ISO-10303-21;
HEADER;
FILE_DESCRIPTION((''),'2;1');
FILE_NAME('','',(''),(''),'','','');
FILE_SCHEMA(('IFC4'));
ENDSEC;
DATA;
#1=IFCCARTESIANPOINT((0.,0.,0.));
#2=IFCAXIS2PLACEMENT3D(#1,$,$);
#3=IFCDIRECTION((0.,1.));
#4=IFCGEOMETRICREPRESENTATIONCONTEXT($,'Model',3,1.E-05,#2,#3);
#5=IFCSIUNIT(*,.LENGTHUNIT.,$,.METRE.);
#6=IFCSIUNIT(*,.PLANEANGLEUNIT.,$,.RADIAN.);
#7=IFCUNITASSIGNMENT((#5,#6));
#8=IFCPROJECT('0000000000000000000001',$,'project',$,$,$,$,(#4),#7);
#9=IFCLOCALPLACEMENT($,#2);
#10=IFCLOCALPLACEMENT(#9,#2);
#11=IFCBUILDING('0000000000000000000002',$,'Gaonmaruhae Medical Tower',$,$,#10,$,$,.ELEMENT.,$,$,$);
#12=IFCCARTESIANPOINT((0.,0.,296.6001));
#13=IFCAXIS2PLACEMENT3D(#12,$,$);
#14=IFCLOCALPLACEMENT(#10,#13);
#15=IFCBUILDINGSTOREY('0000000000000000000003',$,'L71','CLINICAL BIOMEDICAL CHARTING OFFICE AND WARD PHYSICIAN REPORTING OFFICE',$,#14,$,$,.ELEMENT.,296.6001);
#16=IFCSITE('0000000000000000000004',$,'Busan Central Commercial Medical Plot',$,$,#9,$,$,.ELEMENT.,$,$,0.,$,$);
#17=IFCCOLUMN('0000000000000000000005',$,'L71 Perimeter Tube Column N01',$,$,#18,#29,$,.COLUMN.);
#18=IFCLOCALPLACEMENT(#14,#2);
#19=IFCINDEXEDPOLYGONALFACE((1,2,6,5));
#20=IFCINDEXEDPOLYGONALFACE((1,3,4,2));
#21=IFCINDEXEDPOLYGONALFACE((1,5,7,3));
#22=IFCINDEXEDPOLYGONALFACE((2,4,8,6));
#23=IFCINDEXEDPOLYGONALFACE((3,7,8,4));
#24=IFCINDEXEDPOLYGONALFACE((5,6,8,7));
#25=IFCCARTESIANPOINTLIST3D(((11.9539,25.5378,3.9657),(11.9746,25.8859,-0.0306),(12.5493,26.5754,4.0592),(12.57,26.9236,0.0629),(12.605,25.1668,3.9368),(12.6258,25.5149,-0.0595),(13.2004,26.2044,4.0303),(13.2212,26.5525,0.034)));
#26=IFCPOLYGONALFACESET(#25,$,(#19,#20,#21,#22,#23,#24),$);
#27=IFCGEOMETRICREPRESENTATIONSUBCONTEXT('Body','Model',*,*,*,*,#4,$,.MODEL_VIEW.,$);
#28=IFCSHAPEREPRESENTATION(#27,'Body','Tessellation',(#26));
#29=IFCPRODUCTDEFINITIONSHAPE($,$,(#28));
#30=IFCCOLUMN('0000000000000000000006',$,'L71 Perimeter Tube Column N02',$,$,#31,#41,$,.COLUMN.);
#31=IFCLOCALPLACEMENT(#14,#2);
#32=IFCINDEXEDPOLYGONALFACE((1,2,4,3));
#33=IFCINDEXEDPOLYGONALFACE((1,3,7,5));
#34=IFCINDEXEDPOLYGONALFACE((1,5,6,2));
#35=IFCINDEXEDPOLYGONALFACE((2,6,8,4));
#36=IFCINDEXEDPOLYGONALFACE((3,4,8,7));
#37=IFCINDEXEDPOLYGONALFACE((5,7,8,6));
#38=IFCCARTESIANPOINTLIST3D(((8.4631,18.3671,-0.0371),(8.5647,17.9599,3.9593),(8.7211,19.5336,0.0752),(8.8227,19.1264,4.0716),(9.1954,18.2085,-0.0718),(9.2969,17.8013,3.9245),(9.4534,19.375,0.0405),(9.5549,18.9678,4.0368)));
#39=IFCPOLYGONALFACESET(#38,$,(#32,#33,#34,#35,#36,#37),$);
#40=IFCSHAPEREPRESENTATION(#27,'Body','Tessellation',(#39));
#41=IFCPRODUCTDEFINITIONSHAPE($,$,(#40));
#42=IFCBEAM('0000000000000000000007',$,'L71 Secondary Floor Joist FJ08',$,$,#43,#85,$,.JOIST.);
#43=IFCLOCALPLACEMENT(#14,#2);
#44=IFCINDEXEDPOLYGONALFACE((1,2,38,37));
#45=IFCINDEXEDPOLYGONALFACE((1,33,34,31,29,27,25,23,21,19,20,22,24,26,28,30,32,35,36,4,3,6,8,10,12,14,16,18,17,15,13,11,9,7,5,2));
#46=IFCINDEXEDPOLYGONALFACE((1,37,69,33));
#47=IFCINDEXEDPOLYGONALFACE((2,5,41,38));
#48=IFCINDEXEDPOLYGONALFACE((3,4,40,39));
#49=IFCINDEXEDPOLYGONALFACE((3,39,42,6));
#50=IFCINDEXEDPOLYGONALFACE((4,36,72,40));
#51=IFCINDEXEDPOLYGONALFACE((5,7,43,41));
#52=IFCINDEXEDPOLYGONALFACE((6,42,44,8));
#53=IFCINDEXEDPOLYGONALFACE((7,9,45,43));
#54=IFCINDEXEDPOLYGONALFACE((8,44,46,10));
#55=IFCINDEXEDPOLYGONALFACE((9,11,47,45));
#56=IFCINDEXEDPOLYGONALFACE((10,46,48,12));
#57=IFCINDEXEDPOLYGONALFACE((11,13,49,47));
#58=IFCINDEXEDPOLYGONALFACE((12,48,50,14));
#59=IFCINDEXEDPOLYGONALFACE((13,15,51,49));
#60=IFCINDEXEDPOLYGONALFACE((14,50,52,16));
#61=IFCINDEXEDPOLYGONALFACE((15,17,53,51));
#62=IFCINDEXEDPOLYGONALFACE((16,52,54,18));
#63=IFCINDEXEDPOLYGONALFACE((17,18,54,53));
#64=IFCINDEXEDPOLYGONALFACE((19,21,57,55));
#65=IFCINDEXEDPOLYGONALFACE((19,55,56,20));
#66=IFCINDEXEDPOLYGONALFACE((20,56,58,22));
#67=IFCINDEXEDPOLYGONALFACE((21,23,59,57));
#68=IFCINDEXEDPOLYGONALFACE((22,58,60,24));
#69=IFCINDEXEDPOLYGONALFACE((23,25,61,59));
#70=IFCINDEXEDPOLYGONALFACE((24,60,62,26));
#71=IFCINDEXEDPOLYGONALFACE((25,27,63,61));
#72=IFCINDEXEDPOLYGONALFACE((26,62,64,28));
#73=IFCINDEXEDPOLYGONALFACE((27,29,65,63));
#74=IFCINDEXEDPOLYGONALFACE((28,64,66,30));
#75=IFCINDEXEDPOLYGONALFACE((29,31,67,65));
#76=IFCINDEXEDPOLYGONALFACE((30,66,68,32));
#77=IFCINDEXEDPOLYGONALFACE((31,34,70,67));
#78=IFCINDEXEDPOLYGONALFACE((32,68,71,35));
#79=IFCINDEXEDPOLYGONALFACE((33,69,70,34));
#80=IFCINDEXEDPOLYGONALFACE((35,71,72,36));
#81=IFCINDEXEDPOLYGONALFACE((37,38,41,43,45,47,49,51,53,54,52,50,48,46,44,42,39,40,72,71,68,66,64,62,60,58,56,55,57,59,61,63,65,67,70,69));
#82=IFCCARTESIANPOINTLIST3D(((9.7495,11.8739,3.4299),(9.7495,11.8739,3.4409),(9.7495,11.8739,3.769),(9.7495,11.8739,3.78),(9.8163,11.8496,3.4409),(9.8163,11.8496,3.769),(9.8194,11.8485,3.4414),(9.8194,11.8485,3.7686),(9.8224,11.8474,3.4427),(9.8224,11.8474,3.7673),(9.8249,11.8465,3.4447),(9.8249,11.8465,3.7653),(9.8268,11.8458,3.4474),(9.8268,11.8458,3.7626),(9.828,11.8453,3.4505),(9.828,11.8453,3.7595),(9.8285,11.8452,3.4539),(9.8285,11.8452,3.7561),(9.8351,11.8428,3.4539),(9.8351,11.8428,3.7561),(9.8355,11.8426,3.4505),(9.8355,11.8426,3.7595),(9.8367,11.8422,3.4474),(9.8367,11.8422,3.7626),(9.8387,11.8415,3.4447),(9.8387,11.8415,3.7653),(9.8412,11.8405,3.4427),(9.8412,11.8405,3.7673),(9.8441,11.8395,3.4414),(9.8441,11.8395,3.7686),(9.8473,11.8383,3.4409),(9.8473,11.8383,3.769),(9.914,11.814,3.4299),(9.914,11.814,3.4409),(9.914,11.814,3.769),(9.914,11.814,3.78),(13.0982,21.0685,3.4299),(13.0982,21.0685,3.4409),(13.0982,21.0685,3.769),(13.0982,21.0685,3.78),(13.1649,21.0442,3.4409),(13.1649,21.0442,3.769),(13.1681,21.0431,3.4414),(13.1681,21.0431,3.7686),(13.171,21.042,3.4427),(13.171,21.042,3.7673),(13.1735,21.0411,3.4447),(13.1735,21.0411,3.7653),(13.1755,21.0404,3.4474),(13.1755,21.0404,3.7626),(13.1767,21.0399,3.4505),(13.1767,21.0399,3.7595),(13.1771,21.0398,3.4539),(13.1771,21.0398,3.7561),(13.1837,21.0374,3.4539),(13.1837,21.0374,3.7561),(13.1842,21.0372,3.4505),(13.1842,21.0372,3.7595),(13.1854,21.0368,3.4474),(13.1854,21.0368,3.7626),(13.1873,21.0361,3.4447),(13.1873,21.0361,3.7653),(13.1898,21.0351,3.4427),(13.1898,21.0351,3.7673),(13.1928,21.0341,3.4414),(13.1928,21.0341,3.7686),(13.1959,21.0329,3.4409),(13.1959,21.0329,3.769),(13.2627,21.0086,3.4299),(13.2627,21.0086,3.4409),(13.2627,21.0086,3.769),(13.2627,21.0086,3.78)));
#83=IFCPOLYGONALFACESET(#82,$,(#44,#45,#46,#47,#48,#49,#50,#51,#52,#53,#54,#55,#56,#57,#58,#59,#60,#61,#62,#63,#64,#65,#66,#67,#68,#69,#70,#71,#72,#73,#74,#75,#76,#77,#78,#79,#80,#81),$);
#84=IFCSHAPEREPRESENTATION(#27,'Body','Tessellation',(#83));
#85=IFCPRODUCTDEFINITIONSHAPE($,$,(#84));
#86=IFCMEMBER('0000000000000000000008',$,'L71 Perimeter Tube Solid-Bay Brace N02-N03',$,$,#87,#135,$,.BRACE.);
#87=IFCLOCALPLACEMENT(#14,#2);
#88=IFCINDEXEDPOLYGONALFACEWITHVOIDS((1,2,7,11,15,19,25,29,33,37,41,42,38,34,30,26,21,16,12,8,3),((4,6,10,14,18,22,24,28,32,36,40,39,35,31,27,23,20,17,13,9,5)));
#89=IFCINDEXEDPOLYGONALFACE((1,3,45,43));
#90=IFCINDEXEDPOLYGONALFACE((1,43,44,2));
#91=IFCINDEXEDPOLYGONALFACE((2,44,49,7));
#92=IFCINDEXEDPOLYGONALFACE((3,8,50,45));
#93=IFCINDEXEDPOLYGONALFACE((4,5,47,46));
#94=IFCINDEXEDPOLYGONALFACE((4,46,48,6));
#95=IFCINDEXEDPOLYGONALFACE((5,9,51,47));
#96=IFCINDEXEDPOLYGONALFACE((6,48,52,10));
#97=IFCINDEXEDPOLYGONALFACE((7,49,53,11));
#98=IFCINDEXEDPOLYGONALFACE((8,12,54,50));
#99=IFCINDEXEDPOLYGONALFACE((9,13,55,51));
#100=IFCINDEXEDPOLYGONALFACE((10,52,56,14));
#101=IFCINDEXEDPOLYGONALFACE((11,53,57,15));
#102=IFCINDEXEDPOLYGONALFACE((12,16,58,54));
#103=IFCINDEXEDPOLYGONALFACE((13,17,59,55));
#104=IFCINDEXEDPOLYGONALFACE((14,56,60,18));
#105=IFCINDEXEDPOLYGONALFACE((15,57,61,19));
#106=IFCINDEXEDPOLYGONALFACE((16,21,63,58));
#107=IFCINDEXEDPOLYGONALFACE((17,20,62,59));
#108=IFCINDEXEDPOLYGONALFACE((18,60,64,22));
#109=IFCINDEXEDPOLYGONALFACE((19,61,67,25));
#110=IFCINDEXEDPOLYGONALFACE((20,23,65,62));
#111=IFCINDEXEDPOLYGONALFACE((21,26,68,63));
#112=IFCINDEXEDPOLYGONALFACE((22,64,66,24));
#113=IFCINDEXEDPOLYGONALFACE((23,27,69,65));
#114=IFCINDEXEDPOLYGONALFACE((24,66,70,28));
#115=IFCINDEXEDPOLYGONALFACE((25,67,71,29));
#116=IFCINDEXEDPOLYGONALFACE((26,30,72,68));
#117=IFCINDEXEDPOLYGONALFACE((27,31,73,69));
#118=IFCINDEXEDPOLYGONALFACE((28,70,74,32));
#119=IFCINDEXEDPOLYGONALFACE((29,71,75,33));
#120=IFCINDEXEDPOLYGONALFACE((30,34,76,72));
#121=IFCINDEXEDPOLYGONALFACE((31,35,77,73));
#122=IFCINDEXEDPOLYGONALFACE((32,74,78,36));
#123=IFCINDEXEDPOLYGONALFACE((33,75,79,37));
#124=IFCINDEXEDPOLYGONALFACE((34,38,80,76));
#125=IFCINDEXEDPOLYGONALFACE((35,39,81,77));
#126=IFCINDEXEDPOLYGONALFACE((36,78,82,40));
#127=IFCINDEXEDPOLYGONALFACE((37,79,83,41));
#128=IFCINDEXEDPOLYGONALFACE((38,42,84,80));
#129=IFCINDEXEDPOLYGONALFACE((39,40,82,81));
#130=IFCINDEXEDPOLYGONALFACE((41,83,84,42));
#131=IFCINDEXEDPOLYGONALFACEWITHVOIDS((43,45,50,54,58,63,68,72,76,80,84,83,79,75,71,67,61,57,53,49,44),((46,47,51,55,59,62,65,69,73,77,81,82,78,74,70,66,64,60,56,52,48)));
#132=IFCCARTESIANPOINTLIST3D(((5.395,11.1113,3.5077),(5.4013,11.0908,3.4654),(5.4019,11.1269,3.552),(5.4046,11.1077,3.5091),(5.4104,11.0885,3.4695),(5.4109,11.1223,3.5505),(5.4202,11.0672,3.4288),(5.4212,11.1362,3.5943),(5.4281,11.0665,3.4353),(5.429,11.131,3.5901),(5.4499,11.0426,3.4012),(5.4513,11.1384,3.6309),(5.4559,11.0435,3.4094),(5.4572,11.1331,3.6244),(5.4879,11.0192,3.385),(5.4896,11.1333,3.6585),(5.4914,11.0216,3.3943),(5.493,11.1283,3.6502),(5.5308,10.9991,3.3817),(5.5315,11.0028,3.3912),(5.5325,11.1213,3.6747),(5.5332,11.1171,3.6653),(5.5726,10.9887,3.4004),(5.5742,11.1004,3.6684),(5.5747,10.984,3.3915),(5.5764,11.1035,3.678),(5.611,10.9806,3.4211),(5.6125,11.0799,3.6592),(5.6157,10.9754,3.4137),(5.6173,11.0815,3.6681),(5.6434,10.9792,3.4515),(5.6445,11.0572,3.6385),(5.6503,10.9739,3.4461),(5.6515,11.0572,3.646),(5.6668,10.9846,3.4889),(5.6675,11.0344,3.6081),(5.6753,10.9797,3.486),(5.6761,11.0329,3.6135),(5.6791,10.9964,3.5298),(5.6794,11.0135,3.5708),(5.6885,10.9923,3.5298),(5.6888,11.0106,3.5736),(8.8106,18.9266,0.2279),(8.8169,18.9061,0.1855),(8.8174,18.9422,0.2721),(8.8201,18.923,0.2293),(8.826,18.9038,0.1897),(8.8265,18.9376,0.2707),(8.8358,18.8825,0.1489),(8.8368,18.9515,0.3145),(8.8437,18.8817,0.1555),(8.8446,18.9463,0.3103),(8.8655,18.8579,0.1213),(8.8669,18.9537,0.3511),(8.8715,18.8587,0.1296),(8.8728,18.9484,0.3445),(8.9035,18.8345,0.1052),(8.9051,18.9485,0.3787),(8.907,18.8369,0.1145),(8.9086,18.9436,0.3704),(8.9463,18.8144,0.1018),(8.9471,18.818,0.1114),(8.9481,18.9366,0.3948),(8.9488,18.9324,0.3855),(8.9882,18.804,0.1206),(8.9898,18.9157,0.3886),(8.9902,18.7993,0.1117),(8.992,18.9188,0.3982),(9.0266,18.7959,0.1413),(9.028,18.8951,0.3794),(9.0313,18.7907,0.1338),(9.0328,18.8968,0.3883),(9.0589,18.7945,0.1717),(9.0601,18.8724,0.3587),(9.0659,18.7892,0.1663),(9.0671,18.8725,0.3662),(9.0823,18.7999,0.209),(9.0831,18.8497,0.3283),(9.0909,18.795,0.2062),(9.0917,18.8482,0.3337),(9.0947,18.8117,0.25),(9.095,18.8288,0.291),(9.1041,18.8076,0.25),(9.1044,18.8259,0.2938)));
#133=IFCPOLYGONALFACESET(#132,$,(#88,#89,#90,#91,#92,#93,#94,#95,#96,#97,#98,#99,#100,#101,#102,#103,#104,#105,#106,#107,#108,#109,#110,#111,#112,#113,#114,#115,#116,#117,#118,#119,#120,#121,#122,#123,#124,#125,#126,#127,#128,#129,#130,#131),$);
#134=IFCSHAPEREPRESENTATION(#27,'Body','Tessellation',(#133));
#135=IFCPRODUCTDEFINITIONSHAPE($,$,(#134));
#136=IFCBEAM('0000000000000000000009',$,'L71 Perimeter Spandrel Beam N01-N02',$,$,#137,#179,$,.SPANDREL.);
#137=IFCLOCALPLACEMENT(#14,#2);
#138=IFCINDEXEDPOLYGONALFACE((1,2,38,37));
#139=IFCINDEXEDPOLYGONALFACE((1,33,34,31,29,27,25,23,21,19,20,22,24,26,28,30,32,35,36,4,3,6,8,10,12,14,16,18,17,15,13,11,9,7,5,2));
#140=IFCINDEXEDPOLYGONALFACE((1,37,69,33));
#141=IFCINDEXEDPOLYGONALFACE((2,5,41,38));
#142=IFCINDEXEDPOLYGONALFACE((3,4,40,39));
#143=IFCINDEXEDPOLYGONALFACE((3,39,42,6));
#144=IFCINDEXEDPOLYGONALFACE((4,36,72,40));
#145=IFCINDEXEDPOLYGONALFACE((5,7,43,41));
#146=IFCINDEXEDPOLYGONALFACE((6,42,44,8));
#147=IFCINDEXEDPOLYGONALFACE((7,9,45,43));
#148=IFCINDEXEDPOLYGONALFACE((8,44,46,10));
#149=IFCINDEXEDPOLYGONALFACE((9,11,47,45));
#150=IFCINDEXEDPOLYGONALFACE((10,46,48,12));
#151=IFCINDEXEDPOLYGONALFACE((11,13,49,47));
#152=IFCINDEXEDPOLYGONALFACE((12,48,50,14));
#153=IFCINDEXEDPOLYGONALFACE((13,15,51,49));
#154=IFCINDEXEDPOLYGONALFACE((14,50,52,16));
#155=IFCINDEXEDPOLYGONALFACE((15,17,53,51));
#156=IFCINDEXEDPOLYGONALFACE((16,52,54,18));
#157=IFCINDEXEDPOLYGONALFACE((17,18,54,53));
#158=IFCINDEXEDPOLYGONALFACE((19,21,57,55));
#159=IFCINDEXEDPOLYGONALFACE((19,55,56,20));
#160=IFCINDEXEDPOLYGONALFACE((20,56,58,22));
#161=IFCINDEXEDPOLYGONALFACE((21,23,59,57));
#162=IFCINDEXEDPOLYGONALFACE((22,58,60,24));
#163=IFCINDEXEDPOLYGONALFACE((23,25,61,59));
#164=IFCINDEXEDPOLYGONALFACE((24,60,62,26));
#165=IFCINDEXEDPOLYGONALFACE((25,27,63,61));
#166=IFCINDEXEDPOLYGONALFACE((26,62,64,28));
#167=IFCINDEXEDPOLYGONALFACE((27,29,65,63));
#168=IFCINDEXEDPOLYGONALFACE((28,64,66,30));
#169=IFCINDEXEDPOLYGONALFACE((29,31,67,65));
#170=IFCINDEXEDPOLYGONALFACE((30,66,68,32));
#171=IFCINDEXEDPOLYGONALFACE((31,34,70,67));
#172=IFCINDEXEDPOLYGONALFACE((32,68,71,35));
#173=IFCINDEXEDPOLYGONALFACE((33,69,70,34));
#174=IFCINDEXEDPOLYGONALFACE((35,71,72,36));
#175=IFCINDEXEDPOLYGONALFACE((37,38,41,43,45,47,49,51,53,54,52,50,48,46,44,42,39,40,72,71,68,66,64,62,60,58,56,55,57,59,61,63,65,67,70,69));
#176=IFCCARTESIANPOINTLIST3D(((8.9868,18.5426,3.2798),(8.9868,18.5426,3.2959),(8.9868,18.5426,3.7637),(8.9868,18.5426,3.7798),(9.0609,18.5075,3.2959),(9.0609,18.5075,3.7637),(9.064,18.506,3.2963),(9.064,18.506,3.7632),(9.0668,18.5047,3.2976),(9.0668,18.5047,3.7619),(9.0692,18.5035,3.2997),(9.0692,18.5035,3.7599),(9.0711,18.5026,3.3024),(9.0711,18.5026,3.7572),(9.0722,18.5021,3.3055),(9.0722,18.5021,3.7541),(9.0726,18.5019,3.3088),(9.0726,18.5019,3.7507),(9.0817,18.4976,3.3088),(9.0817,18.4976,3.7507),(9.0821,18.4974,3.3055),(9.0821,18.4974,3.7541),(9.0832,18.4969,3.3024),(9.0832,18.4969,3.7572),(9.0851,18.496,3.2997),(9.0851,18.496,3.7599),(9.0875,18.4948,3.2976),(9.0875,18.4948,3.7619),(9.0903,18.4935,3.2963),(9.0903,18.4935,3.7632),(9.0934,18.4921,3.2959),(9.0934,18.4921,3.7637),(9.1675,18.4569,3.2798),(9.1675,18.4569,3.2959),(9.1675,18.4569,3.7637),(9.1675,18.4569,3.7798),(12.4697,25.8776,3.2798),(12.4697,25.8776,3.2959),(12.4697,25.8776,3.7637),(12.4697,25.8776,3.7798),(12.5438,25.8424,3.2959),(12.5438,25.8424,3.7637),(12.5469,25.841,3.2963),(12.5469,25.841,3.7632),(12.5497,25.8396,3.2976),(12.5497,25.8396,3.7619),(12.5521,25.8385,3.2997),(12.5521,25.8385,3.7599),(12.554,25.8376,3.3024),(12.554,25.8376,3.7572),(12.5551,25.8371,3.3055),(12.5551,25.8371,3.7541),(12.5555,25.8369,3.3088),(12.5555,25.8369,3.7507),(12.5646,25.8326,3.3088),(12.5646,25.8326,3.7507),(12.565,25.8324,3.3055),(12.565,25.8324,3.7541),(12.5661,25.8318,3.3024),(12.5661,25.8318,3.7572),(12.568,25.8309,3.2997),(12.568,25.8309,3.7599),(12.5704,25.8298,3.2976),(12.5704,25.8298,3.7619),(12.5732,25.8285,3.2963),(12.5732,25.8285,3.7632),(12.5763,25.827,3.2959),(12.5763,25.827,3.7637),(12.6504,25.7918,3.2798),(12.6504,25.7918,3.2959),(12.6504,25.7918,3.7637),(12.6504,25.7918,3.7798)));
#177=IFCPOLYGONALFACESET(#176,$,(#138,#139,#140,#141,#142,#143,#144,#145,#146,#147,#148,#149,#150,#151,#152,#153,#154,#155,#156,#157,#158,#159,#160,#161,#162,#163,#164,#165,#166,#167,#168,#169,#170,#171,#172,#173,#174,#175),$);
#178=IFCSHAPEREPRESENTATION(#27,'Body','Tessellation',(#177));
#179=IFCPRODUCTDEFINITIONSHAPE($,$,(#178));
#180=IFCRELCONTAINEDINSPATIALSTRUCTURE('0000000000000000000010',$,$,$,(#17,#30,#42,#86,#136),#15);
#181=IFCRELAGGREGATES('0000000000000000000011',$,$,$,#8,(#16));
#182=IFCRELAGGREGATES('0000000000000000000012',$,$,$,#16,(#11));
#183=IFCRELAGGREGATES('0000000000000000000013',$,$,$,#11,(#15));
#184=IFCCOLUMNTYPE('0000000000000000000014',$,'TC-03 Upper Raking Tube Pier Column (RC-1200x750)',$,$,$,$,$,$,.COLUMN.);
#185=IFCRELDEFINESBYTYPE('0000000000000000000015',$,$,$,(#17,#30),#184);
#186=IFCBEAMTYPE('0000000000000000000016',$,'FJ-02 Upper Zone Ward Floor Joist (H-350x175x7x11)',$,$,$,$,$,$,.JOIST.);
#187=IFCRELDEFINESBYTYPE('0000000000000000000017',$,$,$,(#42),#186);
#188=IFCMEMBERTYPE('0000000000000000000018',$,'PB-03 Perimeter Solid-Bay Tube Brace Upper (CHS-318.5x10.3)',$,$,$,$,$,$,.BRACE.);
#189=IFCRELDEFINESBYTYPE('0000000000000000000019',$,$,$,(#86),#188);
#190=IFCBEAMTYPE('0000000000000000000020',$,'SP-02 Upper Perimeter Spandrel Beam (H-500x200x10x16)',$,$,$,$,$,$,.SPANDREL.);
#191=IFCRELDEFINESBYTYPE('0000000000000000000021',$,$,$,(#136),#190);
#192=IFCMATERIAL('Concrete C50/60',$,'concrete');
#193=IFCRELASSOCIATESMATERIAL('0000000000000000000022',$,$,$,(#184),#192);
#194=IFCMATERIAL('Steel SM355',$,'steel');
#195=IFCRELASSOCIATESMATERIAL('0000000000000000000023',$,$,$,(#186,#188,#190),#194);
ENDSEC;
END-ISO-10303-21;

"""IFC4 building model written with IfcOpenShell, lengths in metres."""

from ifc_helpers import new_model, si_unit, direction, frame, origin, origin_2d, place, context, subcontext, project, spatial, rectangle, hollow_circle, i_section, extrude, material, material_profile, profile_set, type_object, element, save


model = new_model("IFC4")

# Units and contexts
model_context = context("Model", 3, precision=1e-05, world=origin(), true_north=direction((0.0, 1.0)))
body_context = subcontext(model_context, "Body", "Model", "MODEL_VIEW")
ifc_project = project(units=[si_unit("LENGTHUNIT", "METRE"), si_unit("PLANEANGLEUNIT", "RADIAN")], contexts=[model_context])

# Site, building, storey
site_placement = place(None, origin())
site = spatial("IfcSite", under=ifc_project, at=site_placement, Name="Busan Central Commercial Medical Plot", CompositionType="ELEMENT", RefElevation=0.0)
building_placement = place(site_placement, origin())
building = spatial("IfcBuilding", under=site, at=building_placement, Name="Gaonmaruhae Medical Tower", CompositionType="ELEMENT")
storey_placement = place(building_placement, frame((0.0, 0.0, 296.6001)))
storey = spatial("IfcBuildingStorey", under=building, at=storey_placement, Name="L71", Description="CLINICAL BIOMEDICAL CHARTING OFFICE AND WARD PHYSICIAN REPORTING OFFICE", CompositionType="ELEMENT", Elevation=296.6001)

# Columns
ifc_material_1 = material(Name="Concrete C50/60", Category="concrete")
ifc_material_profile_1 = material_profile(ifc_material_1, rectangle(XDim=1.2, YDim=0.75, at=origin_2d()), Name="RC-1200x750")
ifc_profile_set_1 = profile_set([ifc_material_profile_1], Name="Concrete C50/60")
column_type = type_object("IfcColumnType", Name="TC-03 Upper Raking Tube Pier Column (RC-1200x750)", PredefinedType="COLUMN", material=ifc_profile_set_1)
column_1_placement = place(storey_placement, frame((12.5979, 26.2192, 0.0017), z_axis=(-0.005173, -0.086786, 0.996214), x_axis=(0.496184, 0.864715, 0.077907)))
element("IfcColumn", 1, at=column_1_placement, inside=storey, type_object=column_type, Name="L71 Perimeter Tube Column N01", PredefinedType="COLUMN", context=body_context, shape_type="SweptSolid", body=[
    extrude(rectangle(XDim=1.2, YDim=0.75, at=origin_2d()), origin(), (0.0, 0.0, 1.0), 4.0115),
])
column_2_placement = place(storey_placement, frame((8.9583, 18.8711, 0.0017), z_axis=(0.025275, -0.101343, 0.99453), x_axis=(0.215002, 0.972118, 0.093595)))
element("IfcColumn", 2, at=column_2_placement, inside=storey, type_object=column_type, Name="L71 Perimeter Tube Column N02", PredefinedType="COLUMN", context=body_context, shape_type="SweptSolid", body=[
    extrude(rectangle(XDim=1.2, YDim=0.75, at=origin_2d()), origin(), (0.0, 0.0, 1.0), 4.0183),
])

# Beam
ifc_material_2 = material(Name="Steel SM355", Category="steel")
ifc_material_profile_2 = material_profile(ifc_material_2, i_section(OverallWidth=0.175, OverallDepth=0.3501, WebThickness=0.0071, FlangeThickness=0.011, FilletRadius=0.0129, at=origin_2d()), Name="H-350x175x7x11")
ifc_profile_set_2 = profile_set([ifc_material_profile_2], Name="Steel SM355")
beam_type_1 = type_object("IfcBeamType", Name="FJ-02 Upper Zone Ward Floor Joist (H-350x175x7x11)", PredefinedType="JOIST", material=ifc_profile_set_2)
beam_1_placement = place(storey_placement, frame((13.1804, 21.0386, 3.605), z_axis=(-0.342208, -0.939624, 0.0), x_axis=(0.939624, -0.342208, 0.0)))
element("IfcBeam", 3, at=beam_1_placement, inside=storey, type_object=beam_type_1, Name="L71 Secondary Floor Joist FJ08", PredefinedType="JOIST", context=body_context, shape_type="SweptSolid", body=[
    extrude(i_section(OverallWidth=0.175, OverallDepth=0.3501, WebThickness=0.0071, FlangeThickness=0.011, FilletRadius=0.0129, at=origin_2d()), origin(), (0.0, 0.0, 1.0), 9.7854),
])

# Member
ifc_material_profile_3 = material_profile(ifc_material_2, hollow_circle(Radius=0.1592, WallThickness=0.0103, at=origin_2d()), Name="CHS-318.5x10.3")
ifc_profile_set_3 = profile_set([ifc_material_profile_3], Name="Steel SM355")
member_type = type_object("IfcMemberType", Name="PB-03 Perimeter Solid-Bay Tube Brace Upper (CHS-318.5x10.3)", PredefinedType="BRACE", material=ifc_profile_set_3)
member_placement = place(storey_placement, frame((8.9583, 18.8713, 0.25), z_axis=(-0.373779, -0.855256, 0.358924), x_axis=(0.916313, -0.400463, 0.0)))
element("IfcMember", 4, at=member_placement, inside=storey, type_object=member_type, Name="L71 Perimeter Tube Solid-Bay Brace N02-N03", PredefinedType="BRACE", context=body_context, shape_type="SweptSolid", body=[
    extrude(hollow_circle(Radius=0.1592, WallThickness=0.0103, at=origin_2d()), origin(), (0.0, 0.0, 1.0), 9.1379),
])

# Beam
ifc_material_profile_4 = material_profile(ifc_material_2, i_section(OverallWidth=0.2, OverallDepth=0.5, WebThickness=0.01, FlangeThickness=0.0161, FilletRadius=0.0129, at=origin_2d()), Name="H-500x200x10x16")
ifc_profile_set_4 = profile_set([ifc_material_profile_4], Name="Steel SM355")
beam_type_2 = type_object("IfcBeamType", Name="SP-02 Upper Perimeter Spandrel Beam (H-500x200x10x16)", PredefinedType="SPANDREL", material=ifc_profile_set_4)
beam_2_placement = place(storey_placement, frame((12.5601, 25.8347, 3.5298), z_axis=(-0.428937, -0.903335, 0.0), x_axis=(0.903335, -0.428937, 0.0)))
element("IfcBeam", 5, at=beam_2_placement, inside=storey, type_object=beam_type_2, Name="L71 Perimeter Spandrel Beam N01-N02", PredefinedType="SPANDREL", context=body_context, shape_type="SweptSolid", body=[
    extrude(i_section(OverallWidth=0.2, OverallDepth=0.5, WebThickness=0.01, FlangeThickness=0.0161, FilletRadius=0.0129, at=origin_2d()), origin(), (0.0, 0.0, 1.0), 8.1199),
])

save(model, "model.ifc")
